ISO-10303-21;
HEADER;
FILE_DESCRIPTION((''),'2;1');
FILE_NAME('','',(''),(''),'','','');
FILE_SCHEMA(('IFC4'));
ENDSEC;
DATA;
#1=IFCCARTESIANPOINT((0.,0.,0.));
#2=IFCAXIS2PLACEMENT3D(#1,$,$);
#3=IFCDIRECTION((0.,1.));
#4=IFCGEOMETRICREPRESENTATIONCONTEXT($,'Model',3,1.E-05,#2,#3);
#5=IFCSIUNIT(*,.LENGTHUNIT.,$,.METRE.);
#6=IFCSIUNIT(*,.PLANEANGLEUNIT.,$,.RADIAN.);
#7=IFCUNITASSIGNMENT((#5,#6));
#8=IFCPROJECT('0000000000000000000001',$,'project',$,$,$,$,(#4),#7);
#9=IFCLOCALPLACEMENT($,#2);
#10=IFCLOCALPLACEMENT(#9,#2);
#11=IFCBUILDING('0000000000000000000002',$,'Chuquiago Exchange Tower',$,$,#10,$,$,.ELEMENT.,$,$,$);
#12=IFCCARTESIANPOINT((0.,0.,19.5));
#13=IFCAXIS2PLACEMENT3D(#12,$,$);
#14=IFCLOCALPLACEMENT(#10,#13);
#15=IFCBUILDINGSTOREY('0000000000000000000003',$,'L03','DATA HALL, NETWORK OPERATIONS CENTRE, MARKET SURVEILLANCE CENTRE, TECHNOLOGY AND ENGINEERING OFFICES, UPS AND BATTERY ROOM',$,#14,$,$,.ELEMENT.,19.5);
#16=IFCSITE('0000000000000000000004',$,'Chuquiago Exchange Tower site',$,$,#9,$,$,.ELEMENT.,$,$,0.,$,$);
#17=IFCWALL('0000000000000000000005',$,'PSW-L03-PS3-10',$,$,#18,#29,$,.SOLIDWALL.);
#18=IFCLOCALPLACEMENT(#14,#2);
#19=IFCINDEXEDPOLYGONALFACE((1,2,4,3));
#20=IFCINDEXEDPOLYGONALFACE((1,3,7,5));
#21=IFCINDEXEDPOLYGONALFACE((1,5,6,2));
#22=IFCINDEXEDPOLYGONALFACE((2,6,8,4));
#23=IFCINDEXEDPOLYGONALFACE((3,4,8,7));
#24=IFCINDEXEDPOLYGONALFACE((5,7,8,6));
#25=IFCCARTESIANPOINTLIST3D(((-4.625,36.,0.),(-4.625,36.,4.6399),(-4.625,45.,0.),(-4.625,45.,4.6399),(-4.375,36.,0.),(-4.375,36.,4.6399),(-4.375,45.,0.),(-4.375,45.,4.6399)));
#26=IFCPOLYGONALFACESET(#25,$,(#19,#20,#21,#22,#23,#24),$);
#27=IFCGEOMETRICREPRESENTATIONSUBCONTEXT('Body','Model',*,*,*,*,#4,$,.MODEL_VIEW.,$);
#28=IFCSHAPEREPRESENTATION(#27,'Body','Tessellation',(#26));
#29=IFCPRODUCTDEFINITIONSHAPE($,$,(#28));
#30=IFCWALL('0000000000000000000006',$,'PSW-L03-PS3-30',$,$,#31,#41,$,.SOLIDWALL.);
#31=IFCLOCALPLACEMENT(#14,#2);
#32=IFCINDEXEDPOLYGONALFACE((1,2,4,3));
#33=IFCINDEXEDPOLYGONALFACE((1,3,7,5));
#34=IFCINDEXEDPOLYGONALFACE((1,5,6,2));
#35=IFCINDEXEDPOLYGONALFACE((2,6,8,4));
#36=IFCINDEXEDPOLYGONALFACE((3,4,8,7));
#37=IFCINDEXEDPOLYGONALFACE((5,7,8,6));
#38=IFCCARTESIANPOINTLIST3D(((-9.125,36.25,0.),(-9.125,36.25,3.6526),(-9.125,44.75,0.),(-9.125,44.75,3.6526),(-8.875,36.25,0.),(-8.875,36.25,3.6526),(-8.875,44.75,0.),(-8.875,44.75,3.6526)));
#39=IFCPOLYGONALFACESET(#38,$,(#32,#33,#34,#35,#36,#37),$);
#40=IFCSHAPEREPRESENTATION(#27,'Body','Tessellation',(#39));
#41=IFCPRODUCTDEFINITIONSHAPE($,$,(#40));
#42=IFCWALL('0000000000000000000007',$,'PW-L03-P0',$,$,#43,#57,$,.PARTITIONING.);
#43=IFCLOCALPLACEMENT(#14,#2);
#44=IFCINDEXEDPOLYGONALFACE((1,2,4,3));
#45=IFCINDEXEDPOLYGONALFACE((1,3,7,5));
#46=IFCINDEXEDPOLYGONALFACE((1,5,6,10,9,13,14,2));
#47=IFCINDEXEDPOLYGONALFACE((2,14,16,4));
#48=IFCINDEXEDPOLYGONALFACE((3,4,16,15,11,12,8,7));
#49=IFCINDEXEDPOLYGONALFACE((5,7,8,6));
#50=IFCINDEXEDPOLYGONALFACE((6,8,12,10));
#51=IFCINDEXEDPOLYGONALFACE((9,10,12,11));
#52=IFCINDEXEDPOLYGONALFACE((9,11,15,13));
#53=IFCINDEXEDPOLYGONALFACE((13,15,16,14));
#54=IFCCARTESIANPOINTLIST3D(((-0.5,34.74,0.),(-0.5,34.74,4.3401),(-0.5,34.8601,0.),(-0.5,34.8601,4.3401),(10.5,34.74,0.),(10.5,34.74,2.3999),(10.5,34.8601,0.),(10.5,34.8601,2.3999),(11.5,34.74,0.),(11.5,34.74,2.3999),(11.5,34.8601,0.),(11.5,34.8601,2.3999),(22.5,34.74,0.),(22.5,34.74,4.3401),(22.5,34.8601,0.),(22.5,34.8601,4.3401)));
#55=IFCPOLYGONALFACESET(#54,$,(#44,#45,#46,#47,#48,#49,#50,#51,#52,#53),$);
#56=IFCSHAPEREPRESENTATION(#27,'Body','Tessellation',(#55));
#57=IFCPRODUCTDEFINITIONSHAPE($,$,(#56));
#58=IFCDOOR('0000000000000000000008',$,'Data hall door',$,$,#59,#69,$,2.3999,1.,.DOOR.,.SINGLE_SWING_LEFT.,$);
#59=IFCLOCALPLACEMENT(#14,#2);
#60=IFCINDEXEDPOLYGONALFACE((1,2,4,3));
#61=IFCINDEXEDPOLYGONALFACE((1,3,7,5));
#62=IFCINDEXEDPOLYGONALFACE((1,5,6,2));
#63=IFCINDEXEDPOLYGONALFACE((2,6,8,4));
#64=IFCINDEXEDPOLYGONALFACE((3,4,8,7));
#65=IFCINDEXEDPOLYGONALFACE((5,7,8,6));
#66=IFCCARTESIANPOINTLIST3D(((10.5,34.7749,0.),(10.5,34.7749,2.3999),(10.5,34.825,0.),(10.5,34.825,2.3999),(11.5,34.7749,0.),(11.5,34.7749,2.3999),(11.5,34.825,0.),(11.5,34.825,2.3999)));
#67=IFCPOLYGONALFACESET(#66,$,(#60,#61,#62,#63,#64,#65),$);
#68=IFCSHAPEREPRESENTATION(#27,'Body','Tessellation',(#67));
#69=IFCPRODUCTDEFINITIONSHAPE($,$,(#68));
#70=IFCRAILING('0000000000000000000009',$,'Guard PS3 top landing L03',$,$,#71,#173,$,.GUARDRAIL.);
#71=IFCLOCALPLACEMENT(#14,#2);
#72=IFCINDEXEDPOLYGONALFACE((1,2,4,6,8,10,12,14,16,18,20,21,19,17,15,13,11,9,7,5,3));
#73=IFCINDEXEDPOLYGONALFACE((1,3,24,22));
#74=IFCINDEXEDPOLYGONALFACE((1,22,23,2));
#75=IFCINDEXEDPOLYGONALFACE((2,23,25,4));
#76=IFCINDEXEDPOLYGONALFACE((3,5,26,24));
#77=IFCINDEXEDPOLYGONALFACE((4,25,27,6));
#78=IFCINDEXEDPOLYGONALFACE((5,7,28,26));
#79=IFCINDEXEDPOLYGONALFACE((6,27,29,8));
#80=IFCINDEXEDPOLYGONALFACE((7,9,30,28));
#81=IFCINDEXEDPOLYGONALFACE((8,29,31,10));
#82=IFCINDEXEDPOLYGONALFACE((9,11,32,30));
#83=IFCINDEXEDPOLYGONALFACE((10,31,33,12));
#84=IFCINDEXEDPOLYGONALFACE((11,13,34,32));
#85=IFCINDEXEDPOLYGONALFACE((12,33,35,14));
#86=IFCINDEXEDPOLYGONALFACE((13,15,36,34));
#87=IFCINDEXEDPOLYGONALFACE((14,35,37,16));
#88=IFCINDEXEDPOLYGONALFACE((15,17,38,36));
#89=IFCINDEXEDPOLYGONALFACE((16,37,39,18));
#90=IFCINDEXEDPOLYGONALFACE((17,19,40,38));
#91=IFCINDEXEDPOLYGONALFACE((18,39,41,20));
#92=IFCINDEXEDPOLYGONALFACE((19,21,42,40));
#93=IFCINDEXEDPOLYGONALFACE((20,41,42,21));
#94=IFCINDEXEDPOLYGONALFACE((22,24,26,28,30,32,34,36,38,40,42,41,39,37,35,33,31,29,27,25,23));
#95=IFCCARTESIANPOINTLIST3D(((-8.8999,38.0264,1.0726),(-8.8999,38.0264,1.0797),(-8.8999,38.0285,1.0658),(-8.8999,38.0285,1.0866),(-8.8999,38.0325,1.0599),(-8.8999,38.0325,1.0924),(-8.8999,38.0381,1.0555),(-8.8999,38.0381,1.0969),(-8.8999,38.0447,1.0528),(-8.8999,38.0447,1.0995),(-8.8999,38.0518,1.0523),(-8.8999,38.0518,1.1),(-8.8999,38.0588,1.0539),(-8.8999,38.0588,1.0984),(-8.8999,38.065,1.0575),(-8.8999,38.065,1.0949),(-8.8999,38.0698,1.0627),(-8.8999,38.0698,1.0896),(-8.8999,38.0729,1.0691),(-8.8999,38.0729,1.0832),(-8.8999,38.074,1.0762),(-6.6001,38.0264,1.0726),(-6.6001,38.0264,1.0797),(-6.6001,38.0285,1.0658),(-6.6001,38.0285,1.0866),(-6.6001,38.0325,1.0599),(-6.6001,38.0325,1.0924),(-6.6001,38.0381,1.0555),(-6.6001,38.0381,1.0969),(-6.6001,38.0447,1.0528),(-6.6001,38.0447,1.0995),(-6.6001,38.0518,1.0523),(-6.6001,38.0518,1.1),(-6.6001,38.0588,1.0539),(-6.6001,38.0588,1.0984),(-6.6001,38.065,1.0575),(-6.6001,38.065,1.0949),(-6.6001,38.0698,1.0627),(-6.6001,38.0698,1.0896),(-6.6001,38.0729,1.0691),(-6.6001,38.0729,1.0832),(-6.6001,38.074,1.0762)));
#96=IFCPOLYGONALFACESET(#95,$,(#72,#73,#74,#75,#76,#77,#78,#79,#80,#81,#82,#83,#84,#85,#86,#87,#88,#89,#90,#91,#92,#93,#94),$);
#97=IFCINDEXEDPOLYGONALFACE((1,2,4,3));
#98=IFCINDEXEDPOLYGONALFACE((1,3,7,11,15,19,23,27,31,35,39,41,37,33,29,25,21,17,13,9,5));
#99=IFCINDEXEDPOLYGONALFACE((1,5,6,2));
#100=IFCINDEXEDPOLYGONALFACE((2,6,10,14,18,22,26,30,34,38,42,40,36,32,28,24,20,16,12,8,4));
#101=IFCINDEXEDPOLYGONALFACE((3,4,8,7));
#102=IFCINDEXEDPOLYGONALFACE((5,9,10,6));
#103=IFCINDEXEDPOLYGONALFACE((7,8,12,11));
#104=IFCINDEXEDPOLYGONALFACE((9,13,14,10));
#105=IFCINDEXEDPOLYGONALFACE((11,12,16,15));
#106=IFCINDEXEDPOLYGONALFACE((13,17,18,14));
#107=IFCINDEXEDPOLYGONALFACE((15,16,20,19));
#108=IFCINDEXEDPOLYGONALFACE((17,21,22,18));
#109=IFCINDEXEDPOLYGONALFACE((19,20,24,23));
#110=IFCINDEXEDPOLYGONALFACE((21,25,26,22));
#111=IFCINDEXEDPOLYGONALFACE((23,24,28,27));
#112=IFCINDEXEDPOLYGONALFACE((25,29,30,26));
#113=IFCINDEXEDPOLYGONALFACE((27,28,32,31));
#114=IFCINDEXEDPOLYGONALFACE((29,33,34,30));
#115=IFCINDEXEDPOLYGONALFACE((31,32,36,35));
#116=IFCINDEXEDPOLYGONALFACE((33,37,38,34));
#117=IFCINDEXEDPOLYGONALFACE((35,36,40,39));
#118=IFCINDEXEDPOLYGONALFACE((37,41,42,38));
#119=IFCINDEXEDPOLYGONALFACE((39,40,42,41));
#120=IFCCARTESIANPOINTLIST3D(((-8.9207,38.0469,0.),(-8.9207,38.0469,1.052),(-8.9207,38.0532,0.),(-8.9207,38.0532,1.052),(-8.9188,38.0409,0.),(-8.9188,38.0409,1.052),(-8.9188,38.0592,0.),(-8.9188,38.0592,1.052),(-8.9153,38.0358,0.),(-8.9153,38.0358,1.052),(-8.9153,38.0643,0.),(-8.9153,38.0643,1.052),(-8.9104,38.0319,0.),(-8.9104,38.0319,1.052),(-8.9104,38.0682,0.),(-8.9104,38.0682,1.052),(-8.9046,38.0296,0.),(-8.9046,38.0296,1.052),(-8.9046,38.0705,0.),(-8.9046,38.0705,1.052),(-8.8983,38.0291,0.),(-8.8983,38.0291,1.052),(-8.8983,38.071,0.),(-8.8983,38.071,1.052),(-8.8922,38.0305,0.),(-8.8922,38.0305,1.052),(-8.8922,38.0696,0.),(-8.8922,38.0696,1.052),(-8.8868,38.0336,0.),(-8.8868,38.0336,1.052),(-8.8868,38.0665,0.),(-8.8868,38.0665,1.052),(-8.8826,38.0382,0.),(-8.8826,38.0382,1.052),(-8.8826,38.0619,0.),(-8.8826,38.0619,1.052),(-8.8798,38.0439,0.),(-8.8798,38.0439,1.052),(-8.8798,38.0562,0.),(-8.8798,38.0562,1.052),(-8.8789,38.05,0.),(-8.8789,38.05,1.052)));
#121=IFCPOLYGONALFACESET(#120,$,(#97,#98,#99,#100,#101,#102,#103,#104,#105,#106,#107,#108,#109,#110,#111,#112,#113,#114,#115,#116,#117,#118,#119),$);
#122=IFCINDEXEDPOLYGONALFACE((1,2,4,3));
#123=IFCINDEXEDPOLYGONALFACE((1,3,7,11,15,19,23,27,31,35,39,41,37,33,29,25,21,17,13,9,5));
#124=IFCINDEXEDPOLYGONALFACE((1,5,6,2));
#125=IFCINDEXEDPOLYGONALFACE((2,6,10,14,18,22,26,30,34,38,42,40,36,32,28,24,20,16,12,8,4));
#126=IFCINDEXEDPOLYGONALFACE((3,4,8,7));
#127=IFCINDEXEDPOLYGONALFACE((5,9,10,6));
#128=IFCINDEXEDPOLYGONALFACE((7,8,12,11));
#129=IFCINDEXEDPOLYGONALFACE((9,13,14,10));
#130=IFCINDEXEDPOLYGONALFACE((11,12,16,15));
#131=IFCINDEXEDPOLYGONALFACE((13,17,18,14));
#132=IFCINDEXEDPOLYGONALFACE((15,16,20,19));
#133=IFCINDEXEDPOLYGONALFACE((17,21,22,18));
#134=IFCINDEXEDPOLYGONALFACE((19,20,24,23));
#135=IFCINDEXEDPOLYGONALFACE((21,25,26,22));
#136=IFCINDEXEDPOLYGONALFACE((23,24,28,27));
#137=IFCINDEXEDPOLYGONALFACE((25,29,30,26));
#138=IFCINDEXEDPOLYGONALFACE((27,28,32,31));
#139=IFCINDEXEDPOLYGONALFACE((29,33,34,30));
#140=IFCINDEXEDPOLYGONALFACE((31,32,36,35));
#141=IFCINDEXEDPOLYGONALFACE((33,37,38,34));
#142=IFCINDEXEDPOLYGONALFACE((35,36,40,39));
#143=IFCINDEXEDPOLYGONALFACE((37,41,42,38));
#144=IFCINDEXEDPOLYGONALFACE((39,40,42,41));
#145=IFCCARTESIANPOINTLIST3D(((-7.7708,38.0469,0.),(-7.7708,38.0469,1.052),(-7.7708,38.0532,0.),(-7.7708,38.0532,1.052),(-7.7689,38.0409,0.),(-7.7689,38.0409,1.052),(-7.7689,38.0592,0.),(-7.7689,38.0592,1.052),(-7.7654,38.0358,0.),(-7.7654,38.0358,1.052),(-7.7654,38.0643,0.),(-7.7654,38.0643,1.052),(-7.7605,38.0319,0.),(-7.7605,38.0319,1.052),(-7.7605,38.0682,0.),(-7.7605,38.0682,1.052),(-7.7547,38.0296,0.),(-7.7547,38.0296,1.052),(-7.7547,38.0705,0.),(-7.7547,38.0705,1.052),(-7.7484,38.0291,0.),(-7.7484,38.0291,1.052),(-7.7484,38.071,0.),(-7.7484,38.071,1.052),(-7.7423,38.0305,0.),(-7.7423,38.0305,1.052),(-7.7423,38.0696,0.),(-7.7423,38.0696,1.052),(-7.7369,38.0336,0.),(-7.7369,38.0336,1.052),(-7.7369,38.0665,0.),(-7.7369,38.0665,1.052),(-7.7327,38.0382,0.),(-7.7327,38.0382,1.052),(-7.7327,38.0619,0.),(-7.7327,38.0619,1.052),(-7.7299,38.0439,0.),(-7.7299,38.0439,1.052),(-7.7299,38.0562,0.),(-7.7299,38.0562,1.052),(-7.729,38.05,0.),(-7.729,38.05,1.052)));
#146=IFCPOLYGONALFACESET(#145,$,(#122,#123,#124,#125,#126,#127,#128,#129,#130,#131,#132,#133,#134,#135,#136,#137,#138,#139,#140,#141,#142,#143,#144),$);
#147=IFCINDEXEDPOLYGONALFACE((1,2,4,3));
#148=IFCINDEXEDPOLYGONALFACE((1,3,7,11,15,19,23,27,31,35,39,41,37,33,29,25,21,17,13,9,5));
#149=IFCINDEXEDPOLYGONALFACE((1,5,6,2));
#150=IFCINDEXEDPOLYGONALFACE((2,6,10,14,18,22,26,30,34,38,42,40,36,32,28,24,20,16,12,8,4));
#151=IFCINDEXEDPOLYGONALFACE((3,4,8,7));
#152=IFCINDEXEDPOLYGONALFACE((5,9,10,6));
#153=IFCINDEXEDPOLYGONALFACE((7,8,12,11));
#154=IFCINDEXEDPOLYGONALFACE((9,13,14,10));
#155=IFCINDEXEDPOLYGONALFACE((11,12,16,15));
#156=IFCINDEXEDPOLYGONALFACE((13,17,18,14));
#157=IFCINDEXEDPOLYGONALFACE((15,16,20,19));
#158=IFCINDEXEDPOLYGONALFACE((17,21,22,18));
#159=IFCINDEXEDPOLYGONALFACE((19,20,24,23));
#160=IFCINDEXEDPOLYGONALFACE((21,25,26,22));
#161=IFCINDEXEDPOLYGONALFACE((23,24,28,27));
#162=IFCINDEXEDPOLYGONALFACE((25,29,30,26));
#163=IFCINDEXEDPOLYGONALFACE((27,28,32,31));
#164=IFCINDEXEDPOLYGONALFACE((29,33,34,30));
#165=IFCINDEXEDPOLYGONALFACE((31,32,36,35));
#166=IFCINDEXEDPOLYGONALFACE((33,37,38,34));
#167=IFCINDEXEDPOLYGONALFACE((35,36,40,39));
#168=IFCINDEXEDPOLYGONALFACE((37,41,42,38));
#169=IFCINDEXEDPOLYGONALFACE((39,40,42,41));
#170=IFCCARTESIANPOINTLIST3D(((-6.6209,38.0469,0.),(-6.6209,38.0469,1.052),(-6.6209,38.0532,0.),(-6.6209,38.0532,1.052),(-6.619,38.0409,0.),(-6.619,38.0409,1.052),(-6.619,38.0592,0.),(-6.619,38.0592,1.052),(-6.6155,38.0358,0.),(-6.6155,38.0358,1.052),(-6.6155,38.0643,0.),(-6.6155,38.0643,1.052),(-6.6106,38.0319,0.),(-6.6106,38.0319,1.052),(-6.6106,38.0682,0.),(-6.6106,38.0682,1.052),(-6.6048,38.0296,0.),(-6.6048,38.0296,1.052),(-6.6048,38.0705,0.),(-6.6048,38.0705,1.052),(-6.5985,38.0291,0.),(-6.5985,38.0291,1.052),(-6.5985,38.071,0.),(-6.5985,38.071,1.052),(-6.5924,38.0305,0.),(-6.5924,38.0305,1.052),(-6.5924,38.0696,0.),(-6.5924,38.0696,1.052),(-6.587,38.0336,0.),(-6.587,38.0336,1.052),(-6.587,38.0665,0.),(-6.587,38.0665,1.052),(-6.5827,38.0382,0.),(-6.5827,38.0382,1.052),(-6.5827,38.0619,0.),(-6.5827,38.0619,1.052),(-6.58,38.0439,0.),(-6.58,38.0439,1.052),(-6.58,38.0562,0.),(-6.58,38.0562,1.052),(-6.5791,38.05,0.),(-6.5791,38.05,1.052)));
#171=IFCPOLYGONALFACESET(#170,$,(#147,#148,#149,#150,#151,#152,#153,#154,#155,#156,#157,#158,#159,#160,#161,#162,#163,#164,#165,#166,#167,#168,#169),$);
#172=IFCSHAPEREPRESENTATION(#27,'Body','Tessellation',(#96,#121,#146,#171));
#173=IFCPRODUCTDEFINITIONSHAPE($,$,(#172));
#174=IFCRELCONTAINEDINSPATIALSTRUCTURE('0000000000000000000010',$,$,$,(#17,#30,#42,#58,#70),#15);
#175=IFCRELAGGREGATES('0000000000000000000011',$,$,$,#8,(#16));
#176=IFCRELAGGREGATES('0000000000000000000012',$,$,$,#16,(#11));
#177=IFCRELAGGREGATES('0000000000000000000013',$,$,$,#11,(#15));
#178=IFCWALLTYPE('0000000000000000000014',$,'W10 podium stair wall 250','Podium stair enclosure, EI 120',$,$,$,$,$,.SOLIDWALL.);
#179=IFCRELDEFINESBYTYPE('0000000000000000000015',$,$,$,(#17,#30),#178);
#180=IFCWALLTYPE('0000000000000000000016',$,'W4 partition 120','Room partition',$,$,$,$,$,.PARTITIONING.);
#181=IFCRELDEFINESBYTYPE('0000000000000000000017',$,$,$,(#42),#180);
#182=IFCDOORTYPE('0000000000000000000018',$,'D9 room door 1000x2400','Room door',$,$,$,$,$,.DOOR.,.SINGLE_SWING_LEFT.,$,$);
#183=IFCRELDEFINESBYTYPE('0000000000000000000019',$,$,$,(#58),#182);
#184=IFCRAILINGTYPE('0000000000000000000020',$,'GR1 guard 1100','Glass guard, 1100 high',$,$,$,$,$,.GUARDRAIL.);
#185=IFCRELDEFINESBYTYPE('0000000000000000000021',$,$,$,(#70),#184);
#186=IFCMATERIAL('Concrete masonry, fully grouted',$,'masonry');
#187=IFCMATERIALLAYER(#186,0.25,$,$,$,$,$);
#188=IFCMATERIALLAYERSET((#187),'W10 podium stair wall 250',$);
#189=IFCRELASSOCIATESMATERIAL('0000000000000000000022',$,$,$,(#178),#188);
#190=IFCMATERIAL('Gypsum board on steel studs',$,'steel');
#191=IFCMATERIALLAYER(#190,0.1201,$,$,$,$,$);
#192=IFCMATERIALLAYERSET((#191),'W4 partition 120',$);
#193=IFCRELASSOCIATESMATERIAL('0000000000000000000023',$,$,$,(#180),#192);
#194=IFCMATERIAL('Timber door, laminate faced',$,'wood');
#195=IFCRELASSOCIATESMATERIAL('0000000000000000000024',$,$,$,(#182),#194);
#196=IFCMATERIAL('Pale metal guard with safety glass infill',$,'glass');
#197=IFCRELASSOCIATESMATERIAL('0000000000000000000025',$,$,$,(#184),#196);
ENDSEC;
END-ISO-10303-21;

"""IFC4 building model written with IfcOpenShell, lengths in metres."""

from ifc_helpers import new_model, si_unit, direction, frame, frame_2d, origin, origin_2d, place, context, subcontext, project, spatial, rectangle, circle, extrude, material, layer, layer_set, type_object, element, fill, save


model = new_model("IFC4")

# Units and contexts
model_context = context("Model", 3, precision=1e-05, world=origin(), true_north=direction((0.0, 1.0)))
body_context = subcontext(model_context, "Body", "Model", "MODEL_VIEW")
ifc_project = project(units=[si_unit("LENGTHUNIT", "METRE"), si_unit("PLANEANGLEUNIT", "RADIAN")], contexts=[model_context])

# Site, building, storey
site_placement = place(None, origin())
site = spatial("IfcSite", under=ifc_project, at=site_placement, Name="Chuquiago Exchange Tower site", CompositionType="ELEMENT", RefElevation=0.0)
building_placement = place(site_placement, origin())
building = spatial("IfcBuilding", under=site, at=building_placement, Name="Chuquiago Exchange Tower", CompositionType="ELEMENT")
storey_placement = place(building_placement, frame((0.0, 0.0, 19.5)))
storey = spatial("IfcBuildingStorey", under=building, at=storey_placement, Name="L03", Description="DATA HALL, NETWORK OPERATIONS CENTRE, MARKET SURVEILLANCE CENTRE, TECHNOLOGY AND ENGINEERING OFFICES, UPS AND BATTERY ROOM", CompositionType="ELEMENT", Elevation=19.5)

# Shared definitions
ifc_material_1 = material(Name="Concrete masonry, fully grouted", Category="masonry")
ifc_layer_1 = layer(ifc_material_1, 0.25)
ifc_layer_set_1 = layer_set([ifc_layer_1], Name="W10 podium stair wall 250")
wall_type_1 = type_object("IfcWallType", Name="W10 podium stair wall 250", Description="Podium stair enclosure, EI 120", PredefinedType="SOLIDWALL", material=ifc_layer_set_1)

# Walls
wall_1_placement = place(storey_placement, frame((-4.5, 36.0, 0.0), z_axis=(0.0, 0.0, 1.0), x_axis=(0.0, 1.0, 0.0)))
element("IfcWall", 1, at=wall_1_placement, inside=storey, type_object=wall_type_1, Name="PSW-L03-PS3-10", PredefinedType="SOLIDWALL", context=body_context, shape_type="SweptSolid", body=[
    extrude(rectangle(XDim=9.0, YDim=0.25, at=frame_2d((4.5, 0.0))), origin(), (0.0, 0.0, 1.0), 4.6399),
])
wall_2_placement = place(storey_placement, frame((-9.0, 36.25, 0.0), z_axis=(0.0, 0.0, 1.0), x_axis=(0.0, 1.0, 0.0)))
element("IfcWall", 2, at=wall_2_placement, inside=storey, type_object=wall_type_1, Name="PSW-L03-PS3-30", PredefinedType="SOLIDWALL", context=body_context, shape_type="SweptSolid", body=[
    extrude(rectangle(XDim=8.5, YDim=0.25, at=frame_2d((4.25, 0.0))), origin(), (0.0, 0.0, 1.0), 3.6526),
])

# Wall, opening, door
ifc_material_2 = material(Name="Gypsum board on steel studs", Category="steel")
ifc_layer_2 = layer(ifc_material_2, 0.1201)
ifc_layer_set_2 = layer_set([ifc_layer_2], Name="W4 partition 120")
wall_type_2 = type_object("IfcWallType", Name="W4 partition 120", Description="Room partition", PredefinedType="PARTITIONING", material=ifc_layer_set_2)
wall_3_placement = place(storey_placement, frame((-0.5, 34.8, 0.0), z_axis=(0.0, 0.0, 1.0), x_axis=(1.0, 0.0, 0.0)))
wall_3 = element("IfcWall", 3, at=wall_3_placement, inside=storey, type_object=wall_type_2, Name="PW-L03-P0", PredefinedType="PARTITIONING", context=body_context, shape_type="SweptSolid", body=[
    extrude(rectangle(XDim=23.0, YDim=0.1201, at=frame_2d((11.5, 0.0))), origin(), (0.0, 0.0, 1.0), 4.3401),
])
opening_1_placement = place(wall_3_placement, frame((11.0, 0.0, 0.0)))
opening_1 = element("IfcOpeningElement", 4, at=opening_1_placement, cuts=wall_3, PredefinedType="OPENING", context=body_context, shape_type="SweptSolid", body=[
    extrude(rectangle(XDim=1.0, YDim=2.3999, at=frame_2d((0.5, 1.2))), frame((0.0, 0.0701, 0.0), z_axis=(0.0, -1.0, 0.0), x_axis=(1.0, 0.0, 0.0)), (0.0, 0.0, 1.0), 0.1401),
])
ifc_material_3 = material(Name="Timber door, laminate faced", Category="wood")
door_type_1 = type_object("IfcDoorType", Name="D9 room door 1000x2400", Description="Room door", OperationType="SINGLE_SWING_LEFT", PredefinedType="DOOR", material=ifc_material_3)
door_1_placement = place(opening_1_placement, origin())
door_1 = element("IfcDoor", 5, at=door_1_placement, inside=storey, type_object=door_type_1, Name="Data hall door", OperationType="SINGLE_SWING_LEFT", OverallHeight=2.3999, OverallWidth=1.0, PredefinedType="DOOR", context=body_context, shape_type="SweptSolid", body=[
    extrude(rectangle(XDim=1.0, YDim=2.3999, at=frame_2d((0.5, 1.2))), frame((0.0, 0.0249, 0.0), z_axis=(0.0, -1.0, 0.0), x_axis=(1.0, 0.0, 0.0)), (0.0, 0.0, 1.0), 0.05),
])
fill(opening_1, door_1)

# Railing
ifc_material_4 = material(Name="Pale metal guard with safety glass infill", Category="glass")
railing_type = type_object("IfcRailingType", Name="GR1 guard 1100", Description="Glass guard, 1100 high", PredefinedType="GUARDRAIL", material=ifc_material_4)
railing_placement = place(storey_placement, frame((-8.8999, 38.05, 0.0)))
element("IfcRailing", 6, at=railing_placement, inside=storey, type_object=railing_type, Name="Guard PS3 top landing L03", PredefinedType="GUARDRAIL", context=body_context, shape_type="SweptSolid", body=[
    extrude(circle(Radius=0.0239, at=origin_2d()), frame((0.0, 0.0, 1.0762), z_axis=(1.0, 0.0, 0.0), x_axis=(0.0, 1.0, 0.0)), (0.0, 0.0, 1.0), 2.2998),
    extrude(circle(Radius=0.021, at=origin_2d()), origin(), (0.0, 0.0, 1.0), 1.052),
    extrude(circle(Radius=0.021, at=origin_2d()), frame((1.1499, 0.0, 0.0)), (0.0, 0.0, 1.0), 1.052),
    extrude(circle(Radius=0.021, at=origin_2d()), frame((2.2998, 0.0, 0.0)), (0.0, 0.0, 1.0), 1.052),
])

save(model, "model.ifc")
